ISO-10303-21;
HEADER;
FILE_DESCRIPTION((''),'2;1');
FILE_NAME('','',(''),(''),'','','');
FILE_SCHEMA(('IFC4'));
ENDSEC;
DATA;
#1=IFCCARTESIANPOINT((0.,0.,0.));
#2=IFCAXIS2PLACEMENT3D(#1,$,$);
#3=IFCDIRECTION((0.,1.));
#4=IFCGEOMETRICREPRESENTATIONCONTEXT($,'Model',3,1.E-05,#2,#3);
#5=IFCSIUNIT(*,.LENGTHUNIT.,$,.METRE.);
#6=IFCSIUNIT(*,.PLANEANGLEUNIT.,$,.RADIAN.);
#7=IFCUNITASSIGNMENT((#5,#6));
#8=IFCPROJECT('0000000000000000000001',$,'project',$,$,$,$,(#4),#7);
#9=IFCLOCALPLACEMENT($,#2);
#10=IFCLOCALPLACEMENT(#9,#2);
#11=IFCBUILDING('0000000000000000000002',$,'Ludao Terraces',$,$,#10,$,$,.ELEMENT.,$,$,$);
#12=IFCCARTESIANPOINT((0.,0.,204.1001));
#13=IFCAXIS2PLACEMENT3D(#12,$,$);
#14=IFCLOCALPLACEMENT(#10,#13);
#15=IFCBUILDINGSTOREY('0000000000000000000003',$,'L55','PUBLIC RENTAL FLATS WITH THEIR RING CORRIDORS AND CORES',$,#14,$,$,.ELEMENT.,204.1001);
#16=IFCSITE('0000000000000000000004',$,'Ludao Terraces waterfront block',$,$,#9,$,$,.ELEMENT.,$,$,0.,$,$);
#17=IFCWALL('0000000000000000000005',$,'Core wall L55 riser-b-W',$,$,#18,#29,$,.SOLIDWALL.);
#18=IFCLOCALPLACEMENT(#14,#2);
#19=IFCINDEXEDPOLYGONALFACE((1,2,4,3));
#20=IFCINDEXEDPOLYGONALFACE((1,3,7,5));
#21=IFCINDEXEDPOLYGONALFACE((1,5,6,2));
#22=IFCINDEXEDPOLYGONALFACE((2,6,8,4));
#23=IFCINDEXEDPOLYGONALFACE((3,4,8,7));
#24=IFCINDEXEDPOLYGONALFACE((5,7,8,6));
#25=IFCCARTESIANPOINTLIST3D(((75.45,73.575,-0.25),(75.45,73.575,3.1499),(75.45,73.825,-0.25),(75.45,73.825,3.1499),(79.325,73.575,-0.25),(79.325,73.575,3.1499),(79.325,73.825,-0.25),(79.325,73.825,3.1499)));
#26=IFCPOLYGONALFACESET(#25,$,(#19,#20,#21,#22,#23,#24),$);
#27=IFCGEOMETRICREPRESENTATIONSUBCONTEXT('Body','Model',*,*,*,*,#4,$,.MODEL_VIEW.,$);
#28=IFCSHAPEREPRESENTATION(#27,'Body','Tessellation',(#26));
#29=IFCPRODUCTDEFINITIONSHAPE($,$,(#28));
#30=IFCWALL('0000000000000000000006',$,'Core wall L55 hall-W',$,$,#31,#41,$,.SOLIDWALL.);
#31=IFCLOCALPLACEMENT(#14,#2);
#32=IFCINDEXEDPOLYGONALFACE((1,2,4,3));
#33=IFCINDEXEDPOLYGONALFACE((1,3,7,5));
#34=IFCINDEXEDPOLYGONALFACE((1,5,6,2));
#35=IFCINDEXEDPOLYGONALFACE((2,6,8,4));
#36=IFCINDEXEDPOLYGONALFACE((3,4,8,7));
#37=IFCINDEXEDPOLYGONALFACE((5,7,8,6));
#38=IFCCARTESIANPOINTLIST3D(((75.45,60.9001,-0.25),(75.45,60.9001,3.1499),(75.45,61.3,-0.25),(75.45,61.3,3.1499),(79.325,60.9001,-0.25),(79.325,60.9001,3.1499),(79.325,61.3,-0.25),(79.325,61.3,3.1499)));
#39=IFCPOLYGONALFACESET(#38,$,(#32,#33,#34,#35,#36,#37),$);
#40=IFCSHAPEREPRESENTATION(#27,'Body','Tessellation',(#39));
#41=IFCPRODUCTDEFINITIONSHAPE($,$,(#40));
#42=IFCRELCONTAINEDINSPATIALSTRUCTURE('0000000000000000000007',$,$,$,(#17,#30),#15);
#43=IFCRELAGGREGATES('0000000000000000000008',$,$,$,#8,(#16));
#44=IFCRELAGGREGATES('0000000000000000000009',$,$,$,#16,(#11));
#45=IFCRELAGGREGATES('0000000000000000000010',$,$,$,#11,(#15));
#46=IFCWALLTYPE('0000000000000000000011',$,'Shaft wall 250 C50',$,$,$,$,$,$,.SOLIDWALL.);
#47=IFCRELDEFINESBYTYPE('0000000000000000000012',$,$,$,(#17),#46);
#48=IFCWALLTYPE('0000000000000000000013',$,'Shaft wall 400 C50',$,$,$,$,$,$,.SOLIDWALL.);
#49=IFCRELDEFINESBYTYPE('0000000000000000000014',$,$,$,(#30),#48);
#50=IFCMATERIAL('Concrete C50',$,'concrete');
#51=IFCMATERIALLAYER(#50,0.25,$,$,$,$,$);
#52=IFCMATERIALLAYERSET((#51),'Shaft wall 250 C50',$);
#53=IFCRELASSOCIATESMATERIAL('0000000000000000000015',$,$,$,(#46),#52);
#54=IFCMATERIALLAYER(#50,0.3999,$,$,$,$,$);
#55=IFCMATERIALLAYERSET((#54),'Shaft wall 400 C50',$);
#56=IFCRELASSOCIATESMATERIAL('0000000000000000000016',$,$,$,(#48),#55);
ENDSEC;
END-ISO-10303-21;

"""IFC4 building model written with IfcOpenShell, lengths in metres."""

from ifc_helpers import new_model, si_unit, direction, frame, frame_2d, origin, place, context, subcontext, project, spatial, rectangle, extrude, material, layer, layer_set, type_object, element, save


model = new_model("IFC4")

# Units and contexts
model_context = context("Model", 3, precision=1e-05, world=origin(), true_north=direction((0.0, 1.0)))
body_context = subcontext(model_context, "Body", "Model", "MODEL_VIEW")
ifc_project = project(units=[si_unit("LENGTHUNIT", "METRE"), si_unit("PLANEANGLEUNIT", "RADIAN")], contexts=[model_context])

# Site, building, storey
site_placement = place(None, origin())
site = spatial("IfcSite", under=ifc_project, at=site_placement, Name="Ludao Terraces waterfront block", CompositionType="ELEMENT", RefElevation=0.0)
building_placement = place(site_placement, origin())
building = spatial("IfcBuilding", under=site, at=building_placement, Name="Ludao Terraces", CompositionType="ELEMENT")
storey_placement = place(building_placement, frame((0.0, 0.0, 204.1001)))
storey = spatial("IfcBuildingStorey", under=building, at=storey_placement, Name="L55", Description="PUBLIC RENTAL FLATS WITH THEIR RING CORRIDORS AND CORES", CompositionType="ELEMENT", Elevation=204.1001)

# Shared definitions
ifc_material_1 = material(Name="Concrete C50", Category="concrete")
ifc_layer_1 = layer(ifc_material_1, 0.25)
ifc_layer_set_1 = layer_set([ifc_layer_1], Name="Shaft wall 250 C50")
wall_type_1 = type_object("IfcWallType", Name="Shaft wall 250 C50", PredefinedType="SOLIDWALL", material=ifc_layer_set_1)

# Walls
for number, where, z_axis, x_axis, name in (
    (1, (75.45, 73.7, -0.25), (0.0, 0.0, 1.0), (1.0, 0.0, 0.0), "Core wall L55 riser-b-W"),
):
    element("IfcWall", number, at=place(storey_placement, frame(where, z_axis=z_axis, x_axis=x_axis)), inside=storey, type_object=wall_type_1, Name=name, PredefinedType="SOLIDWALL", context=body_context, shape_type="SweptSolid", body=[
        extrude(rectangle(XDim=3.875, YDim=0.25, at=frame_2d((1.9375, 0.0))), origin(), (0.0, 0.0, 1.0), 3.3999),
    ])
ifc_layer_2 = layer(ifc_material_1, 0.3999)
ifc_layer_set_2 = layer_set([ifc_layer_2], Name="Shaft wall 400 C50")
wall_type_2 = type_object("IfcWallType", Name="Shaft wall 400 C50", PredefinedType="SOLIDWALL", material=ifc_layer_set_2)
wall_1_placement = place(storey_placement, frame((75.45, 61.1001, -0.25), z_axis=(0.0, 0.0, 1.0), x_axis=(1.0, 0.0, 0.0)))
element("IfcWall", 2, at=wall_1_placement, inside=storey, type_object=wall_type_2, Name="Core wall L55 hall-W", PredefinedType="SOLIDWALL", context=body_context, shape_type="SweptSolid", body=[
    extrude(rectangle(XDim=3.875, YDim=0.3999, at=frame_2d((1.9375, 0.0))), origin(), (0.0, 0.0, 1.0), 3.3999),
])

save(model, "model.ifc")
